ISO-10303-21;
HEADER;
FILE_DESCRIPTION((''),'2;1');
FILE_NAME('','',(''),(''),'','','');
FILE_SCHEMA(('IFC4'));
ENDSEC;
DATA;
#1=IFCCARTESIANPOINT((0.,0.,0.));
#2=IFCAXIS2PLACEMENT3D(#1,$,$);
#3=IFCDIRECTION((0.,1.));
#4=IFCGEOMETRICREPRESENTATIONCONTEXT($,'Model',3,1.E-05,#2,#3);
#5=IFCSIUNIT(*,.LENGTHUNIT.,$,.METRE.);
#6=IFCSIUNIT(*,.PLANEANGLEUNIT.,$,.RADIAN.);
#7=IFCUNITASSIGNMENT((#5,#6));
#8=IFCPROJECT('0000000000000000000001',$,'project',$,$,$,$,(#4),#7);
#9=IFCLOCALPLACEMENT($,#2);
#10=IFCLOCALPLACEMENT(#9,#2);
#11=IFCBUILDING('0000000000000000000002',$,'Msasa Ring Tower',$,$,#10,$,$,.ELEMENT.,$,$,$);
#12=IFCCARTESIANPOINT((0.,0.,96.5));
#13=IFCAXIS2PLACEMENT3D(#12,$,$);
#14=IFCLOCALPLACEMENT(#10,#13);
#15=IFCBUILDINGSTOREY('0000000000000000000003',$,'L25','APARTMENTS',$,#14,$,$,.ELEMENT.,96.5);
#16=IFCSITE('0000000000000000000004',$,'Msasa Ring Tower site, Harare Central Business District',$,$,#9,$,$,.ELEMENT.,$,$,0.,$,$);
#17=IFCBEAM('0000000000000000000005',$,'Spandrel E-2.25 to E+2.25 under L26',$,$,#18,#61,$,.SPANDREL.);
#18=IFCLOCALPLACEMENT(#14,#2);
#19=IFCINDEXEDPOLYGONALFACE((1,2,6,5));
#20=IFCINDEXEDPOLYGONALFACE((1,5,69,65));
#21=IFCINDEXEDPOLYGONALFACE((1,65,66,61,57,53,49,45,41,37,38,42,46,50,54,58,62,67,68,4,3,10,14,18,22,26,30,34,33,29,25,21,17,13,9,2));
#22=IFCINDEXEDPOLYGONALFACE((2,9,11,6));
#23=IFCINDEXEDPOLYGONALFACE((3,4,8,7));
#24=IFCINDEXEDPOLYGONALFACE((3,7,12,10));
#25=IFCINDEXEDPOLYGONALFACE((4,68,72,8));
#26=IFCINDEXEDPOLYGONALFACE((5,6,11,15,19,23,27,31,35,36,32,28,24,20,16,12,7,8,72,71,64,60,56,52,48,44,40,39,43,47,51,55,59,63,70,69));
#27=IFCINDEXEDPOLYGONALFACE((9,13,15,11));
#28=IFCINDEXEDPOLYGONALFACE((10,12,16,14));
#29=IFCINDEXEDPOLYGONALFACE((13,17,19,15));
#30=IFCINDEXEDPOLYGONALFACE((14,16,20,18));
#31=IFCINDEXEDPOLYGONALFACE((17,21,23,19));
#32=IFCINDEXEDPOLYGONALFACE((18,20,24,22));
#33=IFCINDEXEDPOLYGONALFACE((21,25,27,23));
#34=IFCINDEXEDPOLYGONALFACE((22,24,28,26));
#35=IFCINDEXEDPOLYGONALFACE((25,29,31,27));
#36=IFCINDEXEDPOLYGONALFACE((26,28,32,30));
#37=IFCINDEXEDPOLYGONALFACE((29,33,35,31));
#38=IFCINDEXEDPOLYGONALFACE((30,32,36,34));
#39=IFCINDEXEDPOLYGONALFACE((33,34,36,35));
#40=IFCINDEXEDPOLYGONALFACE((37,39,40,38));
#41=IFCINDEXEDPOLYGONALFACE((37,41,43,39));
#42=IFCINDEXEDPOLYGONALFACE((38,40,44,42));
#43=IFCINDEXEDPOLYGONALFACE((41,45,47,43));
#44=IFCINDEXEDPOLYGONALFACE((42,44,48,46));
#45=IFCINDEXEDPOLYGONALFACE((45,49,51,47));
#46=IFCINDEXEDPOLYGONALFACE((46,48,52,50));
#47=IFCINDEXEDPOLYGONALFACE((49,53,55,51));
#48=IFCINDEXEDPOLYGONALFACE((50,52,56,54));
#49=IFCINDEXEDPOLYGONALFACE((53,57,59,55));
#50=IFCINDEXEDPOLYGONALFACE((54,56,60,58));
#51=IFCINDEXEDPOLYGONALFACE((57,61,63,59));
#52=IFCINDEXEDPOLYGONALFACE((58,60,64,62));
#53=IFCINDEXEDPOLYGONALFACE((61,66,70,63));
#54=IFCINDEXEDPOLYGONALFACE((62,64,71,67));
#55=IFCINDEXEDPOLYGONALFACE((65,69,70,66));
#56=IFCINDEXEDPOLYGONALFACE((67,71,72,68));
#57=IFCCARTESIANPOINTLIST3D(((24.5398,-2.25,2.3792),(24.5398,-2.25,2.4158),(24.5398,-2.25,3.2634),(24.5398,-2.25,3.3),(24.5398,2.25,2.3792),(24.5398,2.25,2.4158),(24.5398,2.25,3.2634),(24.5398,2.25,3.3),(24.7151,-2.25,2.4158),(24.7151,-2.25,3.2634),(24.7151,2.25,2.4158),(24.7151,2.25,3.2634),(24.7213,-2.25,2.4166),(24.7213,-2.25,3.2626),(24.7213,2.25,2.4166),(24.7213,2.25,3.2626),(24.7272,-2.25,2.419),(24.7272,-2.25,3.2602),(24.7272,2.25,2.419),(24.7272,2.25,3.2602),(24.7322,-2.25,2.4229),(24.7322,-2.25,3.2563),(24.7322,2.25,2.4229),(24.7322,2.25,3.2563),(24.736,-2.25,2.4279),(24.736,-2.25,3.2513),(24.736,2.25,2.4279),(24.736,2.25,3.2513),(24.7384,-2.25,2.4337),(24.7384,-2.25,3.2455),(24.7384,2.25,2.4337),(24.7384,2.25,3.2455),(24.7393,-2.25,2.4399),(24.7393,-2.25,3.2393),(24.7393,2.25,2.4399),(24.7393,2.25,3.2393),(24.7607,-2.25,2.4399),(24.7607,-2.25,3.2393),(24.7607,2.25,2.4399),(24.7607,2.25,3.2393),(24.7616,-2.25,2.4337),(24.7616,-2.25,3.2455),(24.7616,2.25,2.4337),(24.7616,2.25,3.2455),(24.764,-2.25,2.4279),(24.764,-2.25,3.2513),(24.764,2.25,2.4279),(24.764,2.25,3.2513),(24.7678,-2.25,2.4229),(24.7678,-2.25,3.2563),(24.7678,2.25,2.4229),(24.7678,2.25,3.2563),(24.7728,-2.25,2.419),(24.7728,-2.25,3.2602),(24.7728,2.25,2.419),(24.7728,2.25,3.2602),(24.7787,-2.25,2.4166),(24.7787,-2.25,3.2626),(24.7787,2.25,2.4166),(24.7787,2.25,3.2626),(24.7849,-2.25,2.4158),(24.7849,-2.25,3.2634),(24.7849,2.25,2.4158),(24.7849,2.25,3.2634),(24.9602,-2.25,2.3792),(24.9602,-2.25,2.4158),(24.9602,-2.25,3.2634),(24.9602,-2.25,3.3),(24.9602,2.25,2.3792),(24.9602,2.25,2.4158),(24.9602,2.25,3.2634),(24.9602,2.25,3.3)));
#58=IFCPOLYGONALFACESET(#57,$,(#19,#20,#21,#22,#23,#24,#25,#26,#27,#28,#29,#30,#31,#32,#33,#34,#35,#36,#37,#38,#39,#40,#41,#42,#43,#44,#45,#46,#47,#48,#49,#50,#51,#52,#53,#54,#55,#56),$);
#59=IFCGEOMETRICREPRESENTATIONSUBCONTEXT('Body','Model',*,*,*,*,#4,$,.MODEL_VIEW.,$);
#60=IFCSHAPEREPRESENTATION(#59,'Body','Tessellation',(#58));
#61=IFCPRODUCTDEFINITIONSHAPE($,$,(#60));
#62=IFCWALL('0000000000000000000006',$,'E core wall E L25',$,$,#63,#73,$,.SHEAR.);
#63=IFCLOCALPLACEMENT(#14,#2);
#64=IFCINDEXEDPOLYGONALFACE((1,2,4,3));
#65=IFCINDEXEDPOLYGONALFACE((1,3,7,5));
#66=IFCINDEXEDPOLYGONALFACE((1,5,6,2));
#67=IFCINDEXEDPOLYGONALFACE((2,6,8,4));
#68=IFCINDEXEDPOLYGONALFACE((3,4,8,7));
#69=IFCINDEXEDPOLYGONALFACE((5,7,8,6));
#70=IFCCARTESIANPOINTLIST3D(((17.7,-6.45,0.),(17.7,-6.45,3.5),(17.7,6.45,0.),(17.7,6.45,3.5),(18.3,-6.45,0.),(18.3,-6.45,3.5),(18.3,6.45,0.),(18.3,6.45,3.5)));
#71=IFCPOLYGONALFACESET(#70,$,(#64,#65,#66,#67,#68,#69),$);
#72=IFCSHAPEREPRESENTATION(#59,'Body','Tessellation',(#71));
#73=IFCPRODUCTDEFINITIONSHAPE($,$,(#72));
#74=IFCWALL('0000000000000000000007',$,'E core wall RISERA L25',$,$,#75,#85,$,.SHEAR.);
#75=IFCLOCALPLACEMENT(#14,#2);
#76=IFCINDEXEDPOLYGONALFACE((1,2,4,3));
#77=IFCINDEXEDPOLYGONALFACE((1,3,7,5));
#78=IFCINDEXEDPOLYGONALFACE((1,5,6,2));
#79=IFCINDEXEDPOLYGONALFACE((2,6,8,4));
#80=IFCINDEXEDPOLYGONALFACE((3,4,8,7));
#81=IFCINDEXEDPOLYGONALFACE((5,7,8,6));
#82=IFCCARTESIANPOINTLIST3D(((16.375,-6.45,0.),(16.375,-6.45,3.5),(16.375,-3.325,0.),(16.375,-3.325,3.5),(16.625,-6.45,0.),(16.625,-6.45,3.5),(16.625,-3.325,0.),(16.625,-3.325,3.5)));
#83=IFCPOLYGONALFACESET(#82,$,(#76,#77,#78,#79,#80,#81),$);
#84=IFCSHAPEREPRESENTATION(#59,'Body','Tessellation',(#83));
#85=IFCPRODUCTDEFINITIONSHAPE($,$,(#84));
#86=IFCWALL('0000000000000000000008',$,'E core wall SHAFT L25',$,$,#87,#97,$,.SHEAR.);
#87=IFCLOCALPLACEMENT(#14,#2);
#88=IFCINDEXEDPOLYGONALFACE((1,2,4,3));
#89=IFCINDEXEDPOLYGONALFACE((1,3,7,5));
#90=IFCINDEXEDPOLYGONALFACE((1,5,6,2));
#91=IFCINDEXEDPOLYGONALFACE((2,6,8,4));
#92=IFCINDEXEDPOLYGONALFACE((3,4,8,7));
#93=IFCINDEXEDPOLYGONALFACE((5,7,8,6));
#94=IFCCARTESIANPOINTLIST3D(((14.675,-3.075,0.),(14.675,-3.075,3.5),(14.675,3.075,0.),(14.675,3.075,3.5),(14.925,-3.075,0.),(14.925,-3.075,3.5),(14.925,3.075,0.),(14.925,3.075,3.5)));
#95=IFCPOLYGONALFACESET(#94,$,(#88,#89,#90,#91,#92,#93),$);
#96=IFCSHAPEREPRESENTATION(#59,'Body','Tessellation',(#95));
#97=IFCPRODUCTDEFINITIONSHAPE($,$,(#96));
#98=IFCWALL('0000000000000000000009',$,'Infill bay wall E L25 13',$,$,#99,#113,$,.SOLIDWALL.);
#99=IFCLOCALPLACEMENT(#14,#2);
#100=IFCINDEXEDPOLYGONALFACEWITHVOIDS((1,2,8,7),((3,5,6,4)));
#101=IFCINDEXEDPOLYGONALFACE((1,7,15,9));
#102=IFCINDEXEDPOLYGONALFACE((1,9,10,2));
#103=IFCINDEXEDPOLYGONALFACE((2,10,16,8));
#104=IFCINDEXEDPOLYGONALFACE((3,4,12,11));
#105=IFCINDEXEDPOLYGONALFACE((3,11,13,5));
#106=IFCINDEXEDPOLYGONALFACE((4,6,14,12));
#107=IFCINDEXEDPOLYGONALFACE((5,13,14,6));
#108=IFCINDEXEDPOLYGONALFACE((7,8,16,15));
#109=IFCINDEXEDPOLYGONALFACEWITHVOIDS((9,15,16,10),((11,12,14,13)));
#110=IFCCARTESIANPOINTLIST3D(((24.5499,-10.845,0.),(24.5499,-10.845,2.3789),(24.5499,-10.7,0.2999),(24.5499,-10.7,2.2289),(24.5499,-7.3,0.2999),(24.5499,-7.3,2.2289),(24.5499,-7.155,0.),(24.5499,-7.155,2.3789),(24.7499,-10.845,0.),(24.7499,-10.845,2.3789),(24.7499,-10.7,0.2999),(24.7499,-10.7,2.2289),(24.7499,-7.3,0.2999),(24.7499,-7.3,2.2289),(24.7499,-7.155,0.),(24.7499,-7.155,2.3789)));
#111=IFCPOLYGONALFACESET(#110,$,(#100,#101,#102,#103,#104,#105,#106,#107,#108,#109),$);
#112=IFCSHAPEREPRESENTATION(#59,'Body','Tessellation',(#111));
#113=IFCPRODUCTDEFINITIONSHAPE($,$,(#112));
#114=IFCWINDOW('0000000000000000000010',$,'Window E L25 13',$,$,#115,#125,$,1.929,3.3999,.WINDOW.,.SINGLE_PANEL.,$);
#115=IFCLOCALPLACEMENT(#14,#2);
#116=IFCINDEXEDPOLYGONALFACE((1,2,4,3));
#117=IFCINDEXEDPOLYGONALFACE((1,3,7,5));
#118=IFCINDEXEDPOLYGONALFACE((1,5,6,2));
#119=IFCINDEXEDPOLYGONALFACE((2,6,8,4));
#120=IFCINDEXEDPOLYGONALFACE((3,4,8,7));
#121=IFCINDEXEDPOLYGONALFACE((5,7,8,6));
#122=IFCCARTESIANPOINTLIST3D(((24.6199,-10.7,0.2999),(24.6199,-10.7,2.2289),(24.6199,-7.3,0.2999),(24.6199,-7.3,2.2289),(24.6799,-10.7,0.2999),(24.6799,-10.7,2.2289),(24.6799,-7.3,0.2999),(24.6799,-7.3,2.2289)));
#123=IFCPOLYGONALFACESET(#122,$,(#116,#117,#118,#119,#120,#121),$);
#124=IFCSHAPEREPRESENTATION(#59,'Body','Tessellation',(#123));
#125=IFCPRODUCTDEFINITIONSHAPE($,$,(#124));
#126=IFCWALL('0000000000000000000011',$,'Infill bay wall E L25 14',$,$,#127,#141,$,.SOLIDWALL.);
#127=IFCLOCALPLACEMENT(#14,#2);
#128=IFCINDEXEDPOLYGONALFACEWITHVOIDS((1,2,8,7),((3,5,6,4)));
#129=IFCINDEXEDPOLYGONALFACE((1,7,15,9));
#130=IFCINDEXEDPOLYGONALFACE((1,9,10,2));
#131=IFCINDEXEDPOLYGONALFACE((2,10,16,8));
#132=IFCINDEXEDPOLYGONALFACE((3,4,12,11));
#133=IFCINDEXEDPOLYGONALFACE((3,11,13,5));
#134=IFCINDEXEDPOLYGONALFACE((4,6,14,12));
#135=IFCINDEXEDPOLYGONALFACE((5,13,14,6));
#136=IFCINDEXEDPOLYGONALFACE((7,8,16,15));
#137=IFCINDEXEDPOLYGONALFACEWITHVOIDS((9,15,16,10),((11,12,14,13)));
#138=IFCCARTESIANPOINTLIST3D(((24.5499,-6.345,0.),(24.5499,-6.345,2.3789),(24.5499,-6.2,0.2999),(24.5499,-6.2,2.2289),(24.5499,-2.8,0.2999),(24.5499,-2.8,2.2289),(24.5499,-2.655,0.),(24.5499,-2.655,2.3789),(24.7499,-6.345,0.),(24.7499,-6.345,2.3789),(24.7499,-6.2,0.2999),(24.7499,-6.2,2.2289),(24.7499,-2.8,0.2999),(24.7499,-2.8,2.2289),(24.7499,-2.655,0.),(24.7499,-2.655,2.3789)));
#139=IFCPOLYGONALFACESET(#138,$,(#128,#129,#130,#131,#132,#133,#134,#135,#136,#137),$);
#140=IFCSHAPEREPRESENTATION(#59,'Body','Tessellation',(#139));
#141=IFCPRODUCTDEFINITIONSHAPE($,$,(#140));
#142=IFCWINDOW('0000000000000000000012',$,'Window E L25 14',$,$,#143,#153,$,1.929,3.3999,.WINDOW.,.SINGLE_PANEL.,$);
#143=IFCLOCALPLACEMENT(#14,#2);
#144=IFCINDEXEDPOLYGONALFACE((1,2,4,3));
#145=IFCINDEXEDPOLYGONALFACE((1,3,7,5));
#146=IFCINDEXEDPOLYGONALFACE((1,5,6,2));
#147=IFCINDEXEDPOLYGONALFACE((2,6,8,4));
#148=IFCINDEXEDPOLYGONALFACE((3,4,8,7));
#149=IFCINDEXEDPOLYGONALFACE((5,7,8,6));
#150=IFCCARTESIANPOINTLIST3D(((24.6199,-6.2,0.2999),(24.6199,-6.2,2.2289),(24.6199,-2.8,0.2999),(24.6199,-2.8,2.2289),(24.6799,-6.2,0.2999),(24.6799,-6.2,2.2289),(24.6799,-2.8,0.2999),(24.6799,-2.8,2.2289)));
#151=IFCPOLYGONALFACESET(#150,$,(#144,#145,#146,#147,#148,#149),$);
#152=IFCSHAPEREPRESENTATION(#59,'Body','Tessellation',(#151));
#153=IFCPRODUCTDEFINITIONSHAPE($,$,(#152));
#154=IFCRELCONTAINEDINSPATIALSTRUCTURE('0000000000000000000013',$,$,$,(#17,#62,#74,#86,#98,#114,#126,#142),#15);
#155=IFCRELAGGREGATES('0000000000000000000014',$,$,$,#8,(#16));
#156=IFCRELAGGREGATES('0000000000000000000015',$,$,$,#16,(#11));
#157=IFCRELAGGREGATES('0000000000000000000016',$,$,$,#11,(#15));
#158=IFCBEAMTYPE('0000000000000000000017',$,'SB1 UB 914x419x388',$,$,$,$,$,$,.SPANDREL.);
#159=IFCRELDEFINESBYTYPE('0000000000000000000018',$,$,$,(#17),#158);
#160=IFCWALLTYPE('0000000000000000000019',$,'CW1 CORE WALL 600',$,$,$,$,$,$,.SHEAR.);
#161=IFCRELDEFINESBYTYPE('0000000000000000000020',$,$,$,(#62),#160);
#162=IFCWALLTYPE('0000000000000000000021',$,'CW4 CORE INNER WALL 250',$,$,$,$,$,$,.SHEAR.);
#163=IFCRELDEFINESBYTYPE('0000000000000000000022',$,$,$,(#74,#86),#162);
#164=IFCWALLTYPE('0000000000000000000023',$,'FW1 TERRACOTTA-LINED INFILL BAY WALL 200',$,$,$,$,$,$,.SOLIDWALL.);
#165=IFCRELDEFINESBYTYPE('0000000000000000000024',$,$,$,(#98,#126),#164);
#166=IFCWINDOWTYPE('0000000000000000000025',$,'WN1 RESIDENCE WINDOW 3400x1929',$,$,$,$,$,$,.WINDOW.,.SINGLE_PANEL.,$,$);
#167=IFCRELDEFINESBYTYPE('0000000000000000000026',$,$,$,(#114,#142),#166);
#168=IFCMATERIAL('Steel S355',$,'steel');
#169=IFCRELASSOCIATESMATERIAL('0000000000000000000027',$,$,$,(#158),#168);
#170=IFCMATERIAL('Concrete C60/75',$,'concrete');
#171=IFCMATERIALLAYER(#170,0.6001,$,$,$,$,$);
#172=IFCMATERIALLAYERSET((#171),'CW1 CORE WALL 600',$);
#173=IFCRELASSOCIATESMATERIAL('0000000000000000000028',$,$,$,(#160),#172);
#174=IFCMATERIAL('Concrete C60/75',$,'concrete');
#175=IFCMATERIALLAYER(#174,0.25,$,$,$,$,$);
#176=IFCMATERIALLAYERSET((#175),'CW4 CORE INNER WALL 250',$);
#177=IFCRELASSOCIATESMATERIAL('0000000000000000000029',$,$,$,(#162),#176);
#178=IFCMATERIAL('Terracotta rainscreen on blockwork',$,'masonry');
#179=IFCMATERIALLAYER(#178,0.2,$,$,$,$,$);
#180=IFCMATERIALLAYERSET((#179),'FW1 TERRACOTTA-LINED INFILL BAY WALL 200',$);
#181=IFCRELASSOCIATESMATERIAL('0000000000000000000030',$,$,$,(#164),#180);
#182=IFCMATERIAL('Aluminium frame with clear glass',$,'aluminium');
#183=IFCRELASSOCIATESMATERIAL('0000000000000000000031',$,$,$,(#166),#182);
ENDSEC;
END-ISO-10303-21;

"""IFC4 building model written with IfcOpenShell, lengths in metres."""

from ifc_helpers import new_model, si_unit, direction, frame, frame_2d, origin, origin_2d, place, context, subcontext, project, spatial, rectangle, i_section, extrude, material, layer, layer_set, material_profile, profile_set, type_object, element, fill, save


model = new_model("IFC4")

# Units and contexts
model_context = context("Model", 3, precision=1e-05, world=origin(), true_north=direction((0.0, 1.0)))
body_context = subcontext(model_context, "Body", "Model", "MODEL_VIEW")
ifc_project = project(units=[si_unit("LENGTHUNIT", "METRE"), si_unit("PLANEANGLEUNIT", "RADIAN")], contexts=[model_context])

# Site, building, storey
site_placement = place(None, origin())
site = spatial("IfcSite", under=ifc_project, at=site_placement, Name="Msasa Ring Tower site, Harare Central Business District", CompositionType="ELEMENT", RefElevation=0.0)
building_placement = place(site_placement, origin())
building = spatial("IfcBuilding", under=site, at=building_placement, Name="Msasa Ring Tower", CompositionType="ELEMENT")
storey_placement = place(building_placement, frame((0.0, 0.0, 96.5)))
storey = spatial("IfcBuildingStorey", under=building, at=storey_placement, Name="L25", Description="APARTMENTS", CompositionType="ELEMENT", Elevation=96.5)

# Beam
ifc_material_1 = material(Name="Steel S355", Category="steel")
ifc_material_profile_1 = material_profile(ifc_material_1, i_section(OverallWidth=0.4204, OverallDepth=0.9209, WebThickness=0.0215, FlangeThickness=0.0366, FilletRadius=0.0242, at=origin_2d()), Name="UB 914x419x388")
ifc_profile_set_1 = profile_set([ifc_material_profile_1], Name="Steel S355")
beam_type_1 = type_object("IfcBeamType", Name="SB1 UB 914x419x388", PredefinedType="SPANDREL", material=ifc_profile_set_1)
for number, where, z_axis, x_axis, name in (
    (1, (24.75, -2.25, 2.8396), (0.0, 1.0, 0.0), (-1.0, 0.0, 0.0), "Spandrel E-2.25 to E+2.25 under L26"),
):
    element("IfcBeam", number, at=place(storey_placement, frame(where, z_axis=z_axis, x_axis=x_axis)), inside=storey, type_object=beam_type_1, Name=name, PredefinedType="SPANDREL", context=body_context, shape_type="SweptSolid", body=[
        extrude(i_section(OverallWidth=0.4204, OverallDepth=0.9209, WebThickness=0.0215, FlangeThickness=0.0366, FilletRadius=0.0242, at=origin_2d()), origin(), (0.0, 0.0, 1.0), 4.5),
    ])

# Walls
ifc_material_2 = material(Name="Concrete C60/75", Category="concrete")
ifc_layer_1 = layer(ifc_material_2, 0.6001)
ifc_layer_set_1 = layer_set([ifc_layer_1], Name="CW1 CORE WALL 600")
wall_type_1 = type_object("IfcWallType", Name="CW1 CORE WALL 600", PredefinedType="SHEAR", material=ifc_layer_set_1)
wall_1_placement = place(storey_placement, frame((18.0, -6.45, 0.0), z_axis=(0.0, 0.0, 1.0), x_axis=(0.0, 1.0, 0.0)))
element("IfcWall", 2, at=wall_1_placement, inside=storey, type_object=wall_type_1, Name="E core wall E L25", PredefinedType="SHEAR", context=body_context, shape_type="SweptSolid", body=[
    extrude(rectangle(XDim=12.8999, YDim=0.6001, at=frame_2d((6.45, 0.0))), origin(), (0.0, 0.0, 1.0), 3.5),
])
ifc_material_3 = material(Name="Concrete C60/75", Category="concrete")
ifc_layer_2 = layer(ifc_material_3, 0.25)
ifc_layer_set_2 = layer_set([ifc_layer_2], Name="CW4 CORE INNER WALL 250")
wall_type_2 = type_object("IfcWallType", Name="CW4 CORE INNER WALL 250", PredefinedType="SHEAR", material=ifc_layer_set_2)
wall_2_placement = place(storey_placement, frame((16.5, -6.45, 0.0), z_axis=(0.0, 0.0, 1.0), x_axis=(0.0, 1.0, 0.0)))
element("IfcWall", 3, at=wall_2_placement, inside=storey, type_object=wall_type_2, Name="E core wall RISERA L25", PredefinedType="SHEAR", context=body_context, shape_type="SweptSolid", body=[
    extrude(rectangle(XDim=3.125, YDim=0.25, at=frame_2d((1.5625, 0.0))), origin(), (0.0, 0.0, 1.0), 3.5),
])
wall_3_placement = place(storey_placement, frame((14.8, -3.075, 0.0), z_axis=(0.0, 0.0, 1.0), x_axis=(0.0, 1.0, 0.0)))
element("IfcWall", 4, at=wall_3_placement, inside=storey, type_object=wall_type_2, Name="E core wall SHAFT L25", PredefinedType="SHEAR", context=body_context, shape_type="SweptSolid", body=[
    extrude(rectangle(XDim=6.1499, YDim=0.25, at=frame_2d((3.075, 0.0))), origin(), (0.0, 0.0, 1.0), 3.5),
])

# Walls, openings, windows
ifc_material_4 = material(Name="Terracotta rainscreen on blockwork", Category="masonry")
ifc_layer_3 = layer(ifc_material_4, 0.2)
ifc_layer_set_3 = layer_set([ifc_layer_3], Name="FW1 TERRACOTTA-LINED INFILL BAY WALL 200")
wall_type_3 = type_object("IfcWallType", Name="FW1 TERRACOTTA-LINED INFILL BAY WALL 200", PredefinedType="SOLIDWALL", material=ifc_layer_set_3)
wall_4_placement = place(storey_placement, frame((24.6499, -10.845, 0.0), z_axis=(0.0, 0.0, 1.0), x_axis=(0.0, 1.0, 0.0)))
wall_4 = element("IfcWall", 5, at=wall_4_placement, inside=storey, type_object=wall_type_3, Name="Infill bay wall E L25 13", PredefinedType="SOLIDWALL", context=body_context, shape_type="SweptSolid", body=[
    extrude(rectangle(XDim=3.6899, YDim=0.2, at=frame_2d((1.845, 0.0))), origin(), (0.0, 0.0, 1.0), 2.3789),
])
opening_1_placement = place(wall_4_placement, frame((0.145, 0.0, 0.3)))
opening_1 = element("IfcOpeningElement", 6, at=opening_1_placement, cuts=wall_4, PredefinedType="OPENING", context=body_context, shape_type="SweptSolid", body=[
    extrude(rectangle(XDim=3.3999, YDim=1.929, at=frame_2d((1.7, 0.9644))), frame((0.0, 0.1099, 0.0), z_axis=(0.0, -1.0, 0.0), x_axis=(1.0, 0.0, 0.0)), (0.0, 0.0, 1.0), 0.22),
])
ifc_material_5 = material(Name="Aluminium frame with clear glass", Category="aluminium")
window_type = type_object("IfcWindowType", Name="WN1 RESIDENCE WINDOW 3400x1929", PartitioningType="SINGLE_PANEL", PredefinedType="WINDOW", material=ifc_material_5)
window_1_placement = place(opening_1_placement, origin())
window_1 = element("IfcWindow", 7, at=window_1_placement, inside=storey, type_object=window_type, Name="Window E L25 13", OverallHeight=1.929, OverallWidth=3.3999, PartitioningType="SINGLE_PANEL", PredefinedType="WINDOW", context=body_context, shape_type="SweptSolid", body=[
    extrude(rectangle(XDim=3.3999, YDim=1.929, at=frame_2d((1.7, 0.9644))), frame((0.0, 0.03, 0.0), z_axis=(0.0, -1.0, 0.0), x_axis=(1.0, 0.0, 0.0)), (0.0, 0.0, 1.0), 0.0601),
])
fill(opening_1, window_1)
wall_5_placement = place(storey_placement, frame((24.6499, -6.345, 0.0), z_axis=(0.0, 0.0, 1.0), x_axis=(0.0, 1.0, 0.0)))
wall_5 = element("IfcWall", 8, at=wall_5_placement, inside=storey, type_object=wall_type_3, Name="Infill bay wall E L25 14", PredefinedType="SOLIDWALL", context=body_context, shape_type="SweptSolid", body=[
    extrude(rectangle(XDim=3.6899, YDim=0.2, at=frame_2d((1.845, 0.0))), origin(), (0.0, 0.0, 1.0), 2.3789),
])
opening_2_placement = place(wall_5_placement, frame((0.145, 0.0, 0.3)))
opening_2 = element("IfcOpeningElement", 9, at=opening_2_placement, cuts=wall_5, PredefinedType="OPENING", context=body_context, shape_type="SweptSolid", body=[
    extrude(rectangle(XDim=3.3999, YDim=1.929, at=frame_2d((1.7, 0.9644))), frame((0.0, 0.1099, 0.0), z_axis=(0.0, -1.0, 0.0), x_axis=(1.0, 0.0, 0.0)), (0.0, 0.0, 1.0), 0.22),
])
window_2_placement = place(opening_2_placement, origin())
window_2 = element("IfcWindow", 10, at=window_2_placement, inside=storey, type_object=window_type, Name="Window E L25 14", OverallHeight=1.929, OverallWidth=3.3999, PartitioningType="SINGLE_PANEL", PredefinedType="WINDOW", context=body_context, shape_type="SweptSolid", body=[
    extrude(rectangle(XDim=3.3999, YDim=1.929, at=frame_2d((1.7, 0.9644))), frame((0.0, 0.03, 0.0), z_axis=(0.0, -1.0, 0.0), x_axis=(1.0, 0.0, 0.0)), (0.0, 0.0, 1.0), 0.0601),
])
fill(opening_2, window_2)

save(model, "model.ifc")
